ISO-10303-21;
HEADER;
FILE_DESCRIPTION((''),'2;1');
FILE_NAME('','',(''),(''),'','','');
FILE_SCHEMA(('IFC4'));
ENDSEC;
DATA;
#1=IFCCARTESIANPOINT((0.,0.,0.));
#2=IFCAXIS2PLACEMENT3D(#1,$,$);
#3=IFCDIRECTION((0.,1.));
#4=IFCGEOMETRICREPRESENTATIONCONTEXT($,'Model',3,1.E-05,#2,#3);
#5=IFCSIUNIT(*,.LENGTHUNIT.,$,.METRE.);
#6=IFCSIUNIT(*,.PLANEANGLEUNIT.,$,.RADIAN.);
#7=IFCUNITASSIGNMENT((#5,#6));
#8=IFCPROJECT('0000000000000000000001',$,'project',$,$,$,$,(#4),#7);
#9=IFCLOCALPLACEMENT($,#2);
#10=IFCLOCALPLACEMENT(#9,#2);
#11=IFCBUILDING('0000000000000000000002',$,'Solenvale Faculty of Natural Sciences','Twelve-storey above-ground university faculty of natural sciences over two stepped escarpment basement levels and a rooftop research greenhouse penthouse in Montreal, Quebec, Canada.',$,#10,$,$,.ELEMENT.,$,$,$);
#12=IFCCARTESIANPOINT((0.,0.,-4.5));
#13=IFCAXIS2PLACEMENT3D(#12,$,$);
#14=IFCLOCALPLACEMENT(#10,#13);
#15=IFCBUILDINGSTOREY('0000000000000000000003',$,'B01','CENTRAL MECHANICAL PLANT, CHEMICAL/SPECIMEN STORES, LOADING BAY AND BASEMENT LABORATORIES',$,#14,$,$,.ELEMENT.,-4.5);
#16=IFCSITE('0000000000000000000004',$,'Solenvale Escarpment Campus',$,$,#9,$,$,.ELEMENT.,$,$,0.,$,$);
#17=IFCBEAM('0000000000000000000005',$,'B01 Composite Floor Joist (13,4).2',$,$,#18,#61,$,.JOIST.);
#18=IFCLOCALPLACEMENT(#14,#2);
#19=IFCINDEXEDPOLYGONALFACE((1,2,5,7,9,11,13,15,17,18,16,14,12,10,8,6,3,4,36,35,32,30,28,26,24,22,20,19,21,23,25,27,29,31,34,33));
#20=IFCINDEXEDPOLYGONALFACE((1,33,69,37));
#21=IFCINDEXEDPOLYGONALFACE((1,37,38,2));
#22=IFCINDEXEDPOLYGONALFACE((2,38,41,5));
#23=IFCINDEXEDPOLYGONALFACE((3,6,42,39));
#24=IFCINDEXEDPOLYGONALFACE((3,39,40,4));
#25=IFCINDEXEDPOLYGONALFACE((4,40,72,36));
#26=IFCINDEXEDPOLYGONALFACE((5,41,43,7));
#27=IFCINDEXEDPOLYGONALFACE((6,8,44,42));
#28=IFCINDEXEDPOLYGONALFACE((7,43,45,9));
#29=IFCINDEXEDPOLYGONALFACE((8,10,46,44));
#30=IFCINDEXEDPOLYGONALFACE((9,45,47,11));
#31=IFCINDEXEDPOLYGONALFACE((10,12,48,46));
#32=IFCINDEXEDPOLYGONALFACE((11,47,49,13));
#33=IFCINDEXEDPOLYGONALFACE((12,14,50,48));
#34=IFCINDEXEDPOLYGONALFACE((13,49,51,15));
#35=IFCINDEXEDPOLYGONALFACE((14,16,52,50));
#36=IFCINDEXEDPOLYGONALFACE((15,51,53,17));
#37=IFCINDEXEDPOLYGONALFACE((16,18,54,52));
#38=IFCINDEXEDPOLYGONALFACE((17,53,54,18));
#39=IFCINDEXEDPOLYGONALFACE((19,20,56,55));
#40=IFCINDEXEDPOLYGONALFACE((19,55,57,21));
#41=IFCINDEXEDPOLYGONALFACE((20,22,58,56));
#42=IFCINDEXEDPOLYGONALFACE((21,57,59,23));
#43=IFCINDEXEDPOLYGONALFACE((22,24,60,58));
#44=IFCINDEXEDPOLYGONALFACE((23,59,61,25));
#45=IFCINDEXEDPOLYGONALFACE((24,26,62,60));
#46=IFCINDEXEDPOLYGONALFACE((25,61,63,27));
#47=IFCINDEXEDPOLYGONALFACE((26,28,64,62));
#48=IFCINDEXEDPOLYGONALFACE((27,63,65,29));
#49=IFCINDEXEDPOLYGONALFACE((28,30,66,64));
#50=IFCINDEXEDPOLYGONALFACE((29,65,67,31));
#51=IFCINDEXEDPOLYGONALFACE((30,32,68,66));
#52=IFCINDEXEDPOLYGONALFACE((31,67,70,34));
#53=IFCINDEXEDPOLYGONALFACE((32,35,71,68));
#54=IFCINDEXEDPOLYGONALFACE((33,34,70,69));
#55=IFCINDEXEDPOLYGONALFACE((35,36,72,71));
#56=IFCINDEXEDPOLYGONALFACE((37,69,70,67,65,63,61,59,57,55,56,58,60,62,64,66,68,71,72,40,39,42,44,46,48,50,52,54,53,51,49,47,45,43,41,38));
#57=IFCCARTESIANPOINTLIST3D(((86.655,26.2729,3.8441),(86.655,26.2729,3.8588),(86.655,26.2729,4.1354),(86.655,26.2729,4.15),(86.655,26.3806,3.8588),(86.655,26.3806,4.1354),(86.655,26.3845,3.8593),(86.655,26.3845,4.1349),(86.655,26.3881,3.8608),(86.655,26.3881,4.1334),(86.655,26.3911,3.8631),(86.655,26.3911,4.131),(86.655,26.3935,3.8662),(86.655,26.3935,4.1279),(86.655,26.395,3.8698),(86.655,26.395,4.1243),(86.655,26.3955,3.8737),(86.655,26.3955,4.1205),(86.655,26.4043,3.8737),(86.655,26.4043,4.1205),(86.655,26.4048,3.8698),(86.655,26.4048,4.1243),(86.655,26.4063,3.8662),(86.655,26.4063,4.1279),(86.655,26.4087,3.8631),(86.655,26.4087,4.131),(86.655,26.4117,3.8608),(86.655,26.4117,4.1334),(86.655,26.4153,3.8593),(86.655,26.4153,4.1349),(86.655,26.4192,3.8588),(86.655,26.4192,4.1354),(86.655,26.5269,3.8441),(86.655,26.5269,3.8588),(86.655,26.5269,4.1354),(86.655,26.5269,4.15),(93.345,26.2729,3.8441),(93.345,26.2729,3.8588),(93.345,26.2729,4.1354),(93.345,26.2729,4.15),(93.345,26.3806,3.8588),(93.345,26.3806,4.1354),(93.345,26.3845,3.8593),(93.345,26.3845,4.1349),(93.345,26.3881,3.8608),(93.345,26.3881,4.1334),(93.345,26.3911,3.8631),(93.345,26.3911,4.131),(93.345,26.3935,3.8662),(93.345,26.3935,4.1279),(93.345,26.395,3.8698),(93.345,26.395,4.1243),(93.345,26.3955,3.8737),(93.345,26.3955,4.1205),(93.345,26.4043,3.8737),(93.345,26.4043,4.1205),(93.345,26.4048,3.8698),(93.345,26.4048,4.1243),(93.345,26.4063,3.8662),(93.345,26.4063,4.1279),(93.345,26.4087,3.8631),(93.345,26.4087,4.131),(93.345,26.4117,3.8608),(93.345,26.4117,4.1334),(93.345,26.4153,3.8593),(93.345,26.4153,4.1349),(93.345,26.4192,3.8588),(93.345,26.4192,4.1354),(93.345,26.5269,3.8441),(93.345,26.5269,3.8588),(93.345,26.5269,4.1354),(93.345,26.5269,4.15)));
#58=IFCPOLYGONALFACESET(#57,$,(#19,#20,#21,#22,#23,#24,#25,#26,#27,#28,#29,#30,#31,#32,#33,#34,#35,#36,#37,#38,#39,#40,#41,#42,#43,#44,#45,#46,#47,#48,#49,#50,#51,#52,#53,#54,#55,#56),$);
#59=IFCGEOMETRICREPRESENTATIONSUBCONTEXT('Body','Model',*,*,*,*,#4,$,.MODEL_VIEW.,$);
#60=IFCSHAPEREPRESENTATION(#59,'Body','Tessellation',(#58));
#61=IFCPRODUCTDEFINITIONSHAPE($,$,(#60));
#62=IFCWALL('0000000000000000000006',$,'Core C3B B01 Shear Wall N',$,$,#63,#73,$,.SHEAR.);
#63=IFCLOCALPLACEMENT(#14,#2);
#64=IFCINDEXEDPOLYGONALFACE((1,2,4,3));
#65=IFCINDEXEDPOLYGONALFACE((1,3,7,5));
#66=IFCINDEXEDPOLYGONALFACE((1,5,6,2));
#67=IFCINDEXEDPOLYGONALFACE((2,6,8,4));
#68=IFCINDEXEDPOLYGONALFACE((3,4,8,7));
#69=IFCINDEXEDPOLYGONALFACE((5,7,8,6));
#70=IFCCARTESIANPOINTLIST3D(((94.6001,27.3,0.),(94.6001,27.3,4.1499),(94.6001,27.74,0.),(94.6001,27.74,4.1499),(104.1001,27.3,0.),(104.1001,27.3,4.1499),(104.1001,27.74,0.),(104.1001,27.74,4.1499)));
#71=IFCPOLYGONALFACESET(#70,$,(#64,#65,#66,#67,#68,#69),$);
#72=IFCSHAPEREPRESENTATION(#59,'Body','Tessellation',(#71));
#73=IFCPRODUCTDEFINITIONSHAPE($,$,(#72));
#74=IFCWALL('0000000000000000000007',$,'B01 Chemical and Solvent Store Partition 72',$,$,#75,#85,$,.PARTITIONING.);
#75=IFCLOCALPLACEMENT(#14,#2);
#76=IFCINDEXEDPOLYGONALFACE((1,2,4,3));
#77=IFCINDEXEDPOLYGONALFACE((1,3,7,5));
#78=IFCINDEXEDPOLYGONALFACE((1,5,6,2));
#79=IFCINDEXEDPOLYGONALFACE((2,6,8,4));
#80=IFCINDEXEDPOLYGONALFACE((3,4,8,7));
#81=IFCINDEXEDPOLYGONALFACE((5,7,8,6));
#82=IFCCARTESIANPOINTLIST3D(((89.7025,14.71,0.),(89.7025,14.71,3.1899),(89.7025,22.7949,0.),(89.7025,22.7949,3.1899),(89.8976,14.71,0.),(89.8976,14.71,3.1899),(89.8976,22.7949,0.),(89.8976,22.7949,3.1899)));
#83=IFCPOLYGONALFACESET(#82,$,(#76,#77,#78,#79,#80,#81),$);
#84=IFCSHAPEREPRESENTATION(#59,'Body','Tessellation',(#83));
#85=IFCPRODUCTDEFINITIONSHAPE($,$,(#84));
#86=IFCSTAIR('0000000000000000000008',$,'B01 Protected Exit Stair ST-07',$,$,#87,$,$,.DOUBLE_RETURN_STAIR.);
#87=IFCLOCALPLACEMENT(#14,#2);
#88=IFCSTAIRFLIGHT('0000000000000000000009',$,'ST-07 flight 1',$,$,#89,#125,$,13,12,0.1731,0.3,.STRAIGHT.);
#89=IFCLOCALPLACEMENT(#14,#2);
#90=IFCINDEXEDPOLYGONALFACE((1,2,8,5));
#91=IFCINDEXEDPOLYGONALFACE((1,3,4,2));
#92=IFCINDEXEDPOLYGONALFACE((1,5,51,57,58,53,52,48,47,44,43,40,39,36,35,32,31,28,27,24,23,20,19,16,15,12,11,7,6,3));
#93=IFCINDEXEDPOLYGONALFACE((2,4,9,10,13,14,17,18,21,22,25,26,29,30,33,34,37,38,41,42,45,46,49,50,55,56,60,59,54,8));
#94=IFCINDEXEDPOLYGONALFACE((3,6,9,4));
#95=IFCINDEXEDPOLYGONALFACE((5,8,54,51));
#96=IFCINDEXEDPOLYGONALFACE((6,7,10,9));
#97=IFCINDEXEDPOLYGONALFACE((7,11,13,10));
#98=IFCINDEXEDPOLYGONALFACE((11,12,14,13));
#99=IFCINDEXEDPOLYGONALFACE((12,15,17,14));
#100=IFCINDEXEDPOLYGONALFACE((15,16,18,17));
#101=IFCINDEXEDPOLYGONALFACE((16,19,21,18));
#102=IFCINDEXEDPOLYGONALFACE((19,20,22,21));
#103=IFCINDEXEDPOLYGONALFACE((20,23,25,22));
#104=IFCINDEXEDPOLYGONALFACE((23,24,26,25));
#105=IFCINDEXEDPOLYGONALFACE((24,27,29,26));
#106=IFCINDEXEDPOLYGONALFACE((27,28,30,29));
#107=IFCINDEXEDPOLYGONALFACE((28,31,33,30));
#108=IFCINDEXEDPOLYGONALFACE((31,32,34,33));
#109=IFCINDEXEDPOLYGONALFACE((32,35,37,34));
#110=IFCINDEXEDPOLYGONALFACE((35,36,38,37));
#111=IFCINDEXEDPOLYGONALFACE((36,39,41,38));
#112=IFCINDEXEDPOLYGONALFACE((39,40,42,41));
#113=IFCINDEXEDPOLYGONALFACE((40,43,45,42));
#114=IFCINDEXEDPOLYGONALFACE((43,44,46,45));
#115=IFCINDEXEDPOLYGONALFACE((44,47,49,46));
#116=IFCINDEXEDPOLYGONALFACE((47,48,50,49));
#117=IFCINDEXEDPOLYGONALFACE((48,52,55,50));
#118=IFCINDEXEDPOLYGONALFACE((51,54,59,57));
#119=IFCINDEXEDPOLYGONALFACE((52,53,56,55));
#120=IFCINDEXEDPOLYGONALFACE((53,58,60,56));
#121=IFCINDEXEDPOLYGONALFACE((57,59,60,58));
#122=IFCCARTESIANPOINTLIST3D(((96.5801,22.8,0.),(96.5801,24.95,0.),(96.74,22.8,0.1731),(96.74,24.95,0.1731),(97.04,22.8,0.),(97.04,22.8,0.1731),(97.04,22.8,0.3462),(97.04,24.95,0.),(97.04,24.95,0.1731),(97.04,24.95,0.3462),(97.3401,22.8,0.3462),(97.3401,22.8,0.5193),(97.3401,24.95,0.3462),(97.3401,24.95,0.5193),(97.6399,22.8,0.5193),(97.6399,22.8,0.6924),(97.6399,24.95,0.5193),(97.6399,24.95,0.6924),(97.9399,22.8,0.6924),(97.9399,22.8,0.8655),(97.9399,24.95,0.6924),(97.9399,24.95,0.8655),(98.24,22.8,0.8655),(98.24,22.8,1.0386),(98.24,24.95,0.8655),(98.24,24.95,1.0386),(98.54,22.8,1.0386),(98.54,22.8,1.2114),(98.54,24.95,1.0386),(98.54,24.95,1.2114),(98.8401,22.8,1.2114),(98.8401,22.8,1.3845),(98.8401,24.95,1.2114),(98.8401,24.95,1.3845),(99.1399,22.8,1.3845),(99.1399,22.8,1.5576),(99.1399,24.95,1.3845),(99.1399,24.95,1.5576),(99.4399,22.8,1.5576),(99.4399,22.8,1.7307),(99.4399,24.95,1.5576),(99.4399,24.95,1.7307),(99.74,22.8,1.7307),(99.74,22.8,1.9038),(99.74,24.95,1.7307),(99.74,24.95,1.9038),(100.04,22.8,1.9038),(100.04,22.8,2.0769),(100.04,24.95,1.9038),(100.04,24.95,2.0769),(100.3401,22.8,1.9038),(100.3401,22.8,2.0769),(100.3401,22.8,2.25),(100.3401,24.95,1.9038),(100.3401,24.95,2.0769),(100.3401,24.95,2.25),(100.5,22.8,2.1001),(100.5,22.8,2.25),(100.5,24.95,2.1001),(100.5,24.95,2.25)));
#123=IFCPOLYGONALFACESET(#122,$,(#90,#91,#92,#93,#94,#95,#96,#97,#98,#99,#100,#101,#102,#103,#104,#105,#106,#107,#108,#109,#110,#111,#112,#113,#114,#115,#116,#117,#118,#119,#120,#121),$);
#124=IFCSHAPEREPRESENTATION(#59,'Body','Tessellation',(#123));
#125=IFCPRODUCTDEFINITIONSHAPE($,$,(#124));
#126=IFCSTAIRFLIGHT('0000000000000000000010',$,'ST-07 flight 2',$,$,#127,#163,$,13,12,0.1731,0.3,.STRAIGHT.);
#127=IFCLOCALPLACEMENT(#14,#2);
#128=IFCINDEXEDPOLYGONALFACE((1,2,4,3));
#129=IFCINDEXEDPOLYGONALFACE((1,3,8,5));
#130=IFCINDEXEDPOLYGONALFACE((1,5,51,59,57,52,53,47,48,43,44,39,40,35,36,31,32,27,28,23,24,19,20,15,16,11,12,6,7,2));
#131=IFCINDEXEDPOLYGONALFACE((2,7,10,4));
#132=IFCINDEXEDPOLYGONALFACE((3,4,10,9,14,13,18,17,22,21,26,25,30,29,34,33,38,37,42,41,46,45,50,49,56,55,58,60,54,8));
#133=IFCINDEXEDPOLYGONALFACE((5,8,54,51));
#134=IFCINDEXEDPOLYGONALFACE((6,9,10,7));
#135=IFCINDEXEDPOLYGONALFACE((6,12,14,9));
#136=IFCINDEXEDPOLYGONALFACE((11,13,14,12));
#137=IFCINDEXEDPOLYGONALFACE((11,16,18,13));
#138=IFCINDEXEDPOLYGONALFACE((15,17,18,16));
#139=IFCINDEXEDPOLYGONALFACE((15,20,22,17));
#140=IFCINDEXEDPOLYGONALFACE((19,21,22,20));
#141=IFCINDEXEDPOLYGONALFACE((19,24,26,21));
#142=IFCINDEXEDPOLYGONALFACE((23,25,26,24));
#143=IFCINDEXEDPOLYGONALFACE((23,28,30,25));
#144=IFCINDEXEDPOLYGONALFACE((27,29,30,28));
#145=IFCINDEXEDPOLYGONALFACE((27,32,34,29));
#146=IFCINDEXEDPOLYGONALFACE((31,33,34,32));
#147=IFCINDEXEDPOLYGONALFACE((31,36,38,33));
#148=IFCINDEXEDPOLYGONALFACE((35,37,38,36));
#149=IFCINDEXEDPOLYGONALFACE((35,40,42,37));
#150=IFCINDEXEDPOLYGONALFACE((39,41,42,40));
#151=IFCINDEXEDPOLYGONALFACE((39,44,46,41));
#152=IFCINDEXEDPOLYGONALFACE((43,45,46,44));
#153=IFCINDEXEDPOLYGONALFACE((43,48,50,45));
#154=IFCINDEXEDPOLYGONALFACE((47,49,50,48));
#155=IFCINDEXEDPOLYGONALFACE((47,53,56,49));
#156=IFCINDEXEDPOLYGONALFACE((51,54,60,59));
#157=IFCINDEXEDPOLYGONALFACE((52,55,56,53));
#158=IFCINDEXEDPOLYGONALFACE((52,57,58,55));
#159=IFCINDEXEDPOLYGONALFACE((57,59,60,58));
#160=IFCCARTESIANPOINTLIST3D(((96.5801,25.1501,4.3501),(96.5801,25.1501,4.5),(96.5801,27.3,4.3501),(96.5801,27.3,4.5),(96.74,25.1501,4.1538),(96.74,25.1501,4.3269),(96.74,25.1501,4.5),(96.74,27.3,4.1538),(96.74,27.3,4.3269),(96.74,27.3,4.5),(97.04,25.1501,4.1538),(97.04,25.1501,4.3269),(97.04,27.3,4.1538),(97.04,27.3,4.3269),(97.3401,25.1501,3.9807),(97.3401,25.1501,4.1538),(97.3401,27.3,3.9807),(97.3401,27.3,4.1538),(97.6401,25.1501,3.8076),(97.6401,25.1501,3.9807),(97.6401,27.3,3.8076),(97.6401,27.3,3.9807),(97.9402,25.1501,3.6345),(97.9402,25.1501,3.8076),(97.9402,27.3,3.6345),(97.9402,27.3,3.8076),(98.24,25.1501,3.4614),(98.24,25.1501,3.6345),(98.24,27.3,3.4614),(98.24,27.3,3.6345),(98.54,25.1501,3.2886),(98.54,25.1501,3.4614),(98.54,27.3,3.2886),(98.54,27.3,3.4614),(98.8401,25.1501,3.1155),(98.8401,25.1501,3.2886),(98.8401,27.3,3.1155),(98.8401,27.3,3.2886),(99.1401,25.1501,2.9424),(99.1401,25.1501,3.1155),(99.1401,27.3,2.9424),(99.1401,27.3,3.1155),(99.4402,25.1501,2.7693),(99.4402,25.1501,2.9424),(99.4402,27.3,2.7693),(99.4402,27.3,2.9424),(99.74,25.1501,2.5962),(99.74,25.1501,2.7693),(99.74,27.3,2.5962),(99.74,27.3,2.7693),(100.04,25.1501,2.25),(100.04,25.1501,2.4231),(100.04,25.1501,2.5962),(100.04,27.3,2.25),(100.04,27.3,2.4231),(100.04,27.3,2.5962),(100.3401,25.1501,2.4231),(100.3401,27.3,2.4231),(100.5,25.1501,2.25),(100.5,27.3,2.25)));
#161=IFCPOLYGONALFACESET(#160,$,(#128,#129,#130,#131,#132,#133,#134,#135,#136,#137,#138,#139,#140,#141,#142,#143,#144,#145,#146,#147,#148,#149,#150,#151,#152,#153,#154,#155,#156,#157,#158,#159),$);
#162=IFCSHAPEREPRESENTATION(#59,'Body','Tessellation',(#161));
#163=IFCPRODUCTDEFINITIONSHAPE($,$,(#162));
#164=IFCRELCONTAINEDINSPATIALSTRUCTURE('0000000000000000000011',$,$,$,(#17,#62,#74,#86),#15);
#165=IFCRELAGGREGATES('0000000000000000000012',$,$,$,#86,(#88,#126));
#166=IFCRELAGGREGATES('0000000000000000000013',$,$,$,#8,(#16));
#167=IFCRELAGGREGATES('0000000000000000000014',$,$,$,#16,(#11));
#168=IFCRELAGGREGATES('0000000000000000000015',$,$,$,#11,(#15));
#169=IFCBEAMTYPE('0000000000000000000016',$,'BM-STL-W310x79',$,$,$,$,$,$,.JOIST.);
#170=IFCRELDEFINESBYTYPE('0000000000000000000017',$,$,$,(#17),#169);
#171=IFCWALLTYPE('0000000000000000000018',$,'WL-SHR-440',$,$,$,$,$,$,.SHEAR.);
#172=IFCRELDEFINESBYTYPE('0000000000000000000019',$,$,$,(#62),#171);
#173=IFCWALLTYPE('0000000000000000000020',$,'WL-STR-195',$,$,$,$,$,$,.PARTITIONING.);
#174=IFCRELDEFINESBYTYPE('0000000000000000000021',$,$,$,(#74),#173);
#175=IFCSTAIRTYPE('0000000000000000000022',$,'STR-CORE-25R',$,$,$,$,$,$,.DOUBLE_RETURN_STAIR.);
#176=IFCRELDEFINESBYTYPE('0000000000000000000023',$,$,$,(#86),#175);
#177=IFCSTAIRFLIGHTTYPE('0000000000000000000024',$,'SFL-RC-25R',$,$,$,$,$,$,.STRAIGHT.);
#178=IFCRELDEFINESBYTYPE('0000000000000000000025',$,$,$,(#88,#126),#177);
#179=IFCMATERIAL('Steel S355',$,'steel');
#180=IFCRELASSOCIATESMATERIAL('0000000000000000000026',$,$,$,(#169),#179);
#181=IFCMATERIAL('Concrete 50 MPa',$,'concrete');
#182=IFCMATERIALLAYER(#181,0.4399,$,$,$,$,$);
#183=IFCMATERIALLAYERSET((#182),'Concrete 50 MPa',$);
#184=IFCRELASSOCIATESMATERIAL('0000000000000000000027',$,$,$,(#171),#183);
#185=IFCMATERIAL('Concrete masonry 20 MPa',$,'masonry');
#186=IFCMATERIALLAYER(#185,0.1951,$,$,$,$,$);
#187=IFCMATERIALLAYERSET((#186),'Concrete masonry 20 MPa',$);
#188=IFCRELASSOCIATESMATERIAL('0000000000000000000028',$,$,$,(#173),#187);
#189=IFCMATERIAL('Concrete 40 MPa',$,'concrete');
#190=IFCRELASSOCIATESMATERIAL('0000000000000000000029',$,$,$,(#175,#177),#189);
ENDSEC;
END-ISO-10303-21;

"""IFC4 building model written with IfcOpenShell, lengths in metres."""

from ifc_helpers import new_model, si_unit, direction, frame, frame_2d, origin, origin_2d, place, context, subcontext, project, spatial, polyline, rectangle, i_section, outline, extrude, material, layer, layer_set, material_profile, profile_set, type_object, element, aggregate, save


model = new_model("IFC4")

# Units and contexts
model_context = context("Model", 3, precision=1e-05, world=origin(), true_north=direction((0.0, 1.0)))
body_context = subcontext(model_context, "Body", "Model", "MODEL_VIEW")
ifc_project = project(units=[si_unit("LENGTHUNIT", "METRE"), si_unit("PLANEANGLEUNIT", "RADIAN")], contexts=[model_context])

# Site, building, storey
site_placement = place(None, origin())
site = spatial("IfcSite", under=ifc_project, at=site_placement, Name="Solenvale Escarpment Campus", CompositionType="ELEMENT", RefElevation=0.0)
building_placement = place(site_placement, origin())
building = spatial("IfcBuilding", under=site, at=building_placement, Name="Solenvale Faculty of Natural Sciences", Description="Twelve-storey above-ground university faculty of natural sciences over two stepped escarpment basement levels and a rooftop research greenhouse penthouse in Montreal, Quebec, Canada.", CompositionType="ELEMENT")
storey_placement = place(building_placement, frame((0.0, 0.0, -4.5)))
storey = spatial("IfcBuildingStorey", under=building, at=storey_placement, Name="B01", Description="CENTRAL MECHANICAL PLANT, CHEMICAL/SPECIMEN STORES, LOADING BAY AND BASEMENT LABORATORIES", CompositionType="ELEMENT", Elevation=-4.5)

# Shared definitions
ifc_material_1 = material(Name="Concrete 40 MPa", Category="concrete")

# Shared definitions
ifc_material_2 = material(Name="Concrete 50 MPa", Category="concrete")

# Beam
ifc_material_3 = material(Name="Steel S355", Category="steel")
ifc_material_profile_1 = material_profile(ifc_material_3, i_section(OverallWidth=0.2539, OverallDepth=0.3059, WebThickness=0.0088, FlangeThickness=0.0146, FilletRadius=0.0149, at=origin_2d()), Name="W310x79")
ifc_profile_set_1 = profile_set([ifc_material_profile_1], Name="Steel S355")
beam_type_1 = type_object("IfcBeamType", Name="BM-STL-W310x79", PredefinedType="JOIST", material=ifc_profile_set_1)
for number, where, z_axis, x_axis, name in (
    (1, (86.655, 26.3999, 3.9971), (1.0, 0.0, 0.0), (0.0, 1.0, 0.0), "B01 Composite Floor Joist (13,4).2"),
):
    element("IfcBeam", number, at=place(storey_placement, frame(where, z_axis=z_axis, x_axis=x_axis)), inside=storey, type_object=beam_type_1, Name=name, PredefinedType="JOIST", context=body_context, shape_type="SweptSolid", body=[
        extrude(i_section(OverallWidth=0.2539, OverallDepth=0.3059, WebThickness=0.0088, FlangeThickness=0.0146, FilletRadius=0.0149, at=origin_2d()), origin(), (0.0, 0.0, 1.0), 6.6899),
    ])

# Wall
ifc_layer_1 = layer(ifc_material_2, 0.4399)
ifc_layer_set_1 = layer_set([ifc_layer_1], Name="Concrete 50 MPa")
wall_type_1 = type_object("IfcWallType", Name="WL-SHR-440", PredefinedType="SHEAR", material=ifc_layer_set_1)
wall_1_placement = place(storey_placement, frame((94.6001, 27.52, 0.0), z_axis=(0.0, 0.0, 1.0), x_axis=(1.0, 0.0, 0.0)))
element("IfcWall", 2, at=wall_1_placement, inside=storey, type_object=wall_type_1, Name="Core C3B B01 Shear Wall N", PredefinedType="SHEAR", context=body_context, shape_type="SweptSolid", body=[
    extrude(rectangle(XDim=9.5, YDim=0.4399, at=frame_2d((4.75, 0.0))), origin(), (0.0, 0.0, 1.0), 4.1499),
])

# Wall
ifc_material_4 = material(Name="Concrete masonry 20 MPa", Category="masonry")
ifc_layer_2 = layer(ifc_material_4, 0.1951)
ifc_layer_set_2 = layer_set([ifc_layer_2], Name="Concrete masonry 20 MPa")
wall_type_2 = type_object("IfcWallType", Name="WL-STR-195", PredefinedType="PARTITIONING", material=ifc_layer_set_2)
wall_2_placement = place(storey_placement, frame((89.8, 22.7949, 0.0), z_axis=(0.0, 0.0, 1.0), x_axis=(0.0, -1.0, 0.0)))
element("IfcWall", 3, at=wall_2_placement, inside=storey, type_object=wall_type_2, Name="B01 Chemical and Solvent Store Partition 72", PredefinedType="PARTITIONING", context=body_context, shape_type="SweptSolid", body=[
    extrude(rectangle(XDim=8.085, YDim=0.1951, at=frame_2d((4.0425, 0.0))), origin(), (0.0, 0.0, 1.0), 3.1899),
])

# Stair, stair flights
stair_type = type_object("IfcStairType", Name="STR-CORE-25R", PredefinedType="DOUBLE_RETURN_STAIR", material=ifc_material_1)
stair_placement = place(storey_placement, origin())
stair = element("IfcStair", 4, at=stair_placement, inside=storey, type_object=stair_type, Name="B01 Protected Exit Stair ST-07", PredefinedType="DOUBLE_RETURN_STAIR")
stair_flight_type = type_object("IfcStairFlightType", Name="SFL-RC-25R", PredefinedType="STRAIGHT", material=ifc_material_1)
stair_flight_1_placement = place(storey_placement, frame((96.74, 23.875, 0.0), z_axis=(0.0, 0.0, 1.0), x_axis=(1.0, 0.0, 0.0)))
stair_flight_1 = element("IfcStairFlight", 5, at=stair_flight_1_placement, type_object=stair_flight_type, Name="ST-07 flight 1", NumberOfRisers=13, NumberOfTreads=12, PredefinedType="STRAIGHT", RiserHeight=0.1731, TreadLength=0.3, context=body_context, shape_type="SweptSolid", body=[
    extrude(outline(polyline([(-0.1599, 0.0), (0.0, 0.1731), (0.3, 0.1731), (0.3, 0.3462), (0.6001, 0.3462), (0.6001, 0.5193), (0.8999, 0.5193), (0.8999, 0.6924), (1.2, 0.6924), (1.2, 0.8655), (1.5, 0.8655), (1.5, 1.0386), (1.8, 1.0386), (1.8, 1.2114), (2.1001, 1.2114), (2.1001, 1.3845), (2.3999, 1.3845), (2.3999, 1.5576), (2.7, 1.5576), (2.7, 1.7307), (3.0, 1.7307), (3.0, 1.9038), (3.3, 1.9038), (3.3, 2.0769), (3.6001, 2.0769), (3.6001, 2.25), (3.76, 2.25), (3.76, 2.1001), (3.6001, 1.9038), (0.3, 0.0), (-0.1599, 0.0)])), frame((0.0, 1.075, 0.0), z_axis=(0.0, -1.0, 0.0), x_axis=(1.0, 0.0, 0.0)), (0.0, 0.0, 1.0), 2.1499),
])
stair_flight_2_placement = place(storey_placement, frame((100.3401, 26.2251, 2.25), z_axis=(0.0, 0.0, 1.0), x_axis=(-1.0, 0.0, 0.0)))
stair_flight_2 = element("IfcStairFlight", 6, at=stair_flight_2_placement, type_object=stair_flight_type, Name="ST-07 flight 2", NumberOfRisers=13, NumberOfTreads=12, PredefinedType="STRAIGHT", RiserHeight=0.1731, TreadLength=0.3, context=body_context, shape_type="SweptSolid", body=[
    extrude(outline(polyline([(-0.1599, 0.0), (0.0, 0.1731), (0.3, 0.1731), (0.3, 0.3462), (0.6001, 0.3462), (0.6001, 0.5193), (0.8999, 0.5193), (0.8999, 0.6924), (1.2, 0.6924), (1.2, 0.8655), (1.5, 0.8655), (1.5, 1.0386), (1.8, 1.0386), (1.8, 1.2114), (2.1001, 1.2114), (2.1001, 1.3845), (2.3999, 1.3845), (2.3999, 1.5576), (2.7, 1.5576), (2.7, 1.7307), (3.0, 1.7307), (3.0, 1.9038), (3.3, 1.9038), (3.3, 2.0769), (3.6001, 2.0769), (3.6001, 2.25), (3.76, 2.25), (3.76, 2.1001), (3.6001, 1.9038), (0.3, 0.0), (-0.1599, 0.0)])), frame((0.0, 1.075, 0.0), z_axis=(0.0, -1.0, 0.0), x_axis=(1.0, 0.0, 0.0)), (0.0, 0.0, 1.0), 2.1499),
])
aggregate(stair, [stair_flight_1, stair_flight_2])

save(model, "model.ifc")
